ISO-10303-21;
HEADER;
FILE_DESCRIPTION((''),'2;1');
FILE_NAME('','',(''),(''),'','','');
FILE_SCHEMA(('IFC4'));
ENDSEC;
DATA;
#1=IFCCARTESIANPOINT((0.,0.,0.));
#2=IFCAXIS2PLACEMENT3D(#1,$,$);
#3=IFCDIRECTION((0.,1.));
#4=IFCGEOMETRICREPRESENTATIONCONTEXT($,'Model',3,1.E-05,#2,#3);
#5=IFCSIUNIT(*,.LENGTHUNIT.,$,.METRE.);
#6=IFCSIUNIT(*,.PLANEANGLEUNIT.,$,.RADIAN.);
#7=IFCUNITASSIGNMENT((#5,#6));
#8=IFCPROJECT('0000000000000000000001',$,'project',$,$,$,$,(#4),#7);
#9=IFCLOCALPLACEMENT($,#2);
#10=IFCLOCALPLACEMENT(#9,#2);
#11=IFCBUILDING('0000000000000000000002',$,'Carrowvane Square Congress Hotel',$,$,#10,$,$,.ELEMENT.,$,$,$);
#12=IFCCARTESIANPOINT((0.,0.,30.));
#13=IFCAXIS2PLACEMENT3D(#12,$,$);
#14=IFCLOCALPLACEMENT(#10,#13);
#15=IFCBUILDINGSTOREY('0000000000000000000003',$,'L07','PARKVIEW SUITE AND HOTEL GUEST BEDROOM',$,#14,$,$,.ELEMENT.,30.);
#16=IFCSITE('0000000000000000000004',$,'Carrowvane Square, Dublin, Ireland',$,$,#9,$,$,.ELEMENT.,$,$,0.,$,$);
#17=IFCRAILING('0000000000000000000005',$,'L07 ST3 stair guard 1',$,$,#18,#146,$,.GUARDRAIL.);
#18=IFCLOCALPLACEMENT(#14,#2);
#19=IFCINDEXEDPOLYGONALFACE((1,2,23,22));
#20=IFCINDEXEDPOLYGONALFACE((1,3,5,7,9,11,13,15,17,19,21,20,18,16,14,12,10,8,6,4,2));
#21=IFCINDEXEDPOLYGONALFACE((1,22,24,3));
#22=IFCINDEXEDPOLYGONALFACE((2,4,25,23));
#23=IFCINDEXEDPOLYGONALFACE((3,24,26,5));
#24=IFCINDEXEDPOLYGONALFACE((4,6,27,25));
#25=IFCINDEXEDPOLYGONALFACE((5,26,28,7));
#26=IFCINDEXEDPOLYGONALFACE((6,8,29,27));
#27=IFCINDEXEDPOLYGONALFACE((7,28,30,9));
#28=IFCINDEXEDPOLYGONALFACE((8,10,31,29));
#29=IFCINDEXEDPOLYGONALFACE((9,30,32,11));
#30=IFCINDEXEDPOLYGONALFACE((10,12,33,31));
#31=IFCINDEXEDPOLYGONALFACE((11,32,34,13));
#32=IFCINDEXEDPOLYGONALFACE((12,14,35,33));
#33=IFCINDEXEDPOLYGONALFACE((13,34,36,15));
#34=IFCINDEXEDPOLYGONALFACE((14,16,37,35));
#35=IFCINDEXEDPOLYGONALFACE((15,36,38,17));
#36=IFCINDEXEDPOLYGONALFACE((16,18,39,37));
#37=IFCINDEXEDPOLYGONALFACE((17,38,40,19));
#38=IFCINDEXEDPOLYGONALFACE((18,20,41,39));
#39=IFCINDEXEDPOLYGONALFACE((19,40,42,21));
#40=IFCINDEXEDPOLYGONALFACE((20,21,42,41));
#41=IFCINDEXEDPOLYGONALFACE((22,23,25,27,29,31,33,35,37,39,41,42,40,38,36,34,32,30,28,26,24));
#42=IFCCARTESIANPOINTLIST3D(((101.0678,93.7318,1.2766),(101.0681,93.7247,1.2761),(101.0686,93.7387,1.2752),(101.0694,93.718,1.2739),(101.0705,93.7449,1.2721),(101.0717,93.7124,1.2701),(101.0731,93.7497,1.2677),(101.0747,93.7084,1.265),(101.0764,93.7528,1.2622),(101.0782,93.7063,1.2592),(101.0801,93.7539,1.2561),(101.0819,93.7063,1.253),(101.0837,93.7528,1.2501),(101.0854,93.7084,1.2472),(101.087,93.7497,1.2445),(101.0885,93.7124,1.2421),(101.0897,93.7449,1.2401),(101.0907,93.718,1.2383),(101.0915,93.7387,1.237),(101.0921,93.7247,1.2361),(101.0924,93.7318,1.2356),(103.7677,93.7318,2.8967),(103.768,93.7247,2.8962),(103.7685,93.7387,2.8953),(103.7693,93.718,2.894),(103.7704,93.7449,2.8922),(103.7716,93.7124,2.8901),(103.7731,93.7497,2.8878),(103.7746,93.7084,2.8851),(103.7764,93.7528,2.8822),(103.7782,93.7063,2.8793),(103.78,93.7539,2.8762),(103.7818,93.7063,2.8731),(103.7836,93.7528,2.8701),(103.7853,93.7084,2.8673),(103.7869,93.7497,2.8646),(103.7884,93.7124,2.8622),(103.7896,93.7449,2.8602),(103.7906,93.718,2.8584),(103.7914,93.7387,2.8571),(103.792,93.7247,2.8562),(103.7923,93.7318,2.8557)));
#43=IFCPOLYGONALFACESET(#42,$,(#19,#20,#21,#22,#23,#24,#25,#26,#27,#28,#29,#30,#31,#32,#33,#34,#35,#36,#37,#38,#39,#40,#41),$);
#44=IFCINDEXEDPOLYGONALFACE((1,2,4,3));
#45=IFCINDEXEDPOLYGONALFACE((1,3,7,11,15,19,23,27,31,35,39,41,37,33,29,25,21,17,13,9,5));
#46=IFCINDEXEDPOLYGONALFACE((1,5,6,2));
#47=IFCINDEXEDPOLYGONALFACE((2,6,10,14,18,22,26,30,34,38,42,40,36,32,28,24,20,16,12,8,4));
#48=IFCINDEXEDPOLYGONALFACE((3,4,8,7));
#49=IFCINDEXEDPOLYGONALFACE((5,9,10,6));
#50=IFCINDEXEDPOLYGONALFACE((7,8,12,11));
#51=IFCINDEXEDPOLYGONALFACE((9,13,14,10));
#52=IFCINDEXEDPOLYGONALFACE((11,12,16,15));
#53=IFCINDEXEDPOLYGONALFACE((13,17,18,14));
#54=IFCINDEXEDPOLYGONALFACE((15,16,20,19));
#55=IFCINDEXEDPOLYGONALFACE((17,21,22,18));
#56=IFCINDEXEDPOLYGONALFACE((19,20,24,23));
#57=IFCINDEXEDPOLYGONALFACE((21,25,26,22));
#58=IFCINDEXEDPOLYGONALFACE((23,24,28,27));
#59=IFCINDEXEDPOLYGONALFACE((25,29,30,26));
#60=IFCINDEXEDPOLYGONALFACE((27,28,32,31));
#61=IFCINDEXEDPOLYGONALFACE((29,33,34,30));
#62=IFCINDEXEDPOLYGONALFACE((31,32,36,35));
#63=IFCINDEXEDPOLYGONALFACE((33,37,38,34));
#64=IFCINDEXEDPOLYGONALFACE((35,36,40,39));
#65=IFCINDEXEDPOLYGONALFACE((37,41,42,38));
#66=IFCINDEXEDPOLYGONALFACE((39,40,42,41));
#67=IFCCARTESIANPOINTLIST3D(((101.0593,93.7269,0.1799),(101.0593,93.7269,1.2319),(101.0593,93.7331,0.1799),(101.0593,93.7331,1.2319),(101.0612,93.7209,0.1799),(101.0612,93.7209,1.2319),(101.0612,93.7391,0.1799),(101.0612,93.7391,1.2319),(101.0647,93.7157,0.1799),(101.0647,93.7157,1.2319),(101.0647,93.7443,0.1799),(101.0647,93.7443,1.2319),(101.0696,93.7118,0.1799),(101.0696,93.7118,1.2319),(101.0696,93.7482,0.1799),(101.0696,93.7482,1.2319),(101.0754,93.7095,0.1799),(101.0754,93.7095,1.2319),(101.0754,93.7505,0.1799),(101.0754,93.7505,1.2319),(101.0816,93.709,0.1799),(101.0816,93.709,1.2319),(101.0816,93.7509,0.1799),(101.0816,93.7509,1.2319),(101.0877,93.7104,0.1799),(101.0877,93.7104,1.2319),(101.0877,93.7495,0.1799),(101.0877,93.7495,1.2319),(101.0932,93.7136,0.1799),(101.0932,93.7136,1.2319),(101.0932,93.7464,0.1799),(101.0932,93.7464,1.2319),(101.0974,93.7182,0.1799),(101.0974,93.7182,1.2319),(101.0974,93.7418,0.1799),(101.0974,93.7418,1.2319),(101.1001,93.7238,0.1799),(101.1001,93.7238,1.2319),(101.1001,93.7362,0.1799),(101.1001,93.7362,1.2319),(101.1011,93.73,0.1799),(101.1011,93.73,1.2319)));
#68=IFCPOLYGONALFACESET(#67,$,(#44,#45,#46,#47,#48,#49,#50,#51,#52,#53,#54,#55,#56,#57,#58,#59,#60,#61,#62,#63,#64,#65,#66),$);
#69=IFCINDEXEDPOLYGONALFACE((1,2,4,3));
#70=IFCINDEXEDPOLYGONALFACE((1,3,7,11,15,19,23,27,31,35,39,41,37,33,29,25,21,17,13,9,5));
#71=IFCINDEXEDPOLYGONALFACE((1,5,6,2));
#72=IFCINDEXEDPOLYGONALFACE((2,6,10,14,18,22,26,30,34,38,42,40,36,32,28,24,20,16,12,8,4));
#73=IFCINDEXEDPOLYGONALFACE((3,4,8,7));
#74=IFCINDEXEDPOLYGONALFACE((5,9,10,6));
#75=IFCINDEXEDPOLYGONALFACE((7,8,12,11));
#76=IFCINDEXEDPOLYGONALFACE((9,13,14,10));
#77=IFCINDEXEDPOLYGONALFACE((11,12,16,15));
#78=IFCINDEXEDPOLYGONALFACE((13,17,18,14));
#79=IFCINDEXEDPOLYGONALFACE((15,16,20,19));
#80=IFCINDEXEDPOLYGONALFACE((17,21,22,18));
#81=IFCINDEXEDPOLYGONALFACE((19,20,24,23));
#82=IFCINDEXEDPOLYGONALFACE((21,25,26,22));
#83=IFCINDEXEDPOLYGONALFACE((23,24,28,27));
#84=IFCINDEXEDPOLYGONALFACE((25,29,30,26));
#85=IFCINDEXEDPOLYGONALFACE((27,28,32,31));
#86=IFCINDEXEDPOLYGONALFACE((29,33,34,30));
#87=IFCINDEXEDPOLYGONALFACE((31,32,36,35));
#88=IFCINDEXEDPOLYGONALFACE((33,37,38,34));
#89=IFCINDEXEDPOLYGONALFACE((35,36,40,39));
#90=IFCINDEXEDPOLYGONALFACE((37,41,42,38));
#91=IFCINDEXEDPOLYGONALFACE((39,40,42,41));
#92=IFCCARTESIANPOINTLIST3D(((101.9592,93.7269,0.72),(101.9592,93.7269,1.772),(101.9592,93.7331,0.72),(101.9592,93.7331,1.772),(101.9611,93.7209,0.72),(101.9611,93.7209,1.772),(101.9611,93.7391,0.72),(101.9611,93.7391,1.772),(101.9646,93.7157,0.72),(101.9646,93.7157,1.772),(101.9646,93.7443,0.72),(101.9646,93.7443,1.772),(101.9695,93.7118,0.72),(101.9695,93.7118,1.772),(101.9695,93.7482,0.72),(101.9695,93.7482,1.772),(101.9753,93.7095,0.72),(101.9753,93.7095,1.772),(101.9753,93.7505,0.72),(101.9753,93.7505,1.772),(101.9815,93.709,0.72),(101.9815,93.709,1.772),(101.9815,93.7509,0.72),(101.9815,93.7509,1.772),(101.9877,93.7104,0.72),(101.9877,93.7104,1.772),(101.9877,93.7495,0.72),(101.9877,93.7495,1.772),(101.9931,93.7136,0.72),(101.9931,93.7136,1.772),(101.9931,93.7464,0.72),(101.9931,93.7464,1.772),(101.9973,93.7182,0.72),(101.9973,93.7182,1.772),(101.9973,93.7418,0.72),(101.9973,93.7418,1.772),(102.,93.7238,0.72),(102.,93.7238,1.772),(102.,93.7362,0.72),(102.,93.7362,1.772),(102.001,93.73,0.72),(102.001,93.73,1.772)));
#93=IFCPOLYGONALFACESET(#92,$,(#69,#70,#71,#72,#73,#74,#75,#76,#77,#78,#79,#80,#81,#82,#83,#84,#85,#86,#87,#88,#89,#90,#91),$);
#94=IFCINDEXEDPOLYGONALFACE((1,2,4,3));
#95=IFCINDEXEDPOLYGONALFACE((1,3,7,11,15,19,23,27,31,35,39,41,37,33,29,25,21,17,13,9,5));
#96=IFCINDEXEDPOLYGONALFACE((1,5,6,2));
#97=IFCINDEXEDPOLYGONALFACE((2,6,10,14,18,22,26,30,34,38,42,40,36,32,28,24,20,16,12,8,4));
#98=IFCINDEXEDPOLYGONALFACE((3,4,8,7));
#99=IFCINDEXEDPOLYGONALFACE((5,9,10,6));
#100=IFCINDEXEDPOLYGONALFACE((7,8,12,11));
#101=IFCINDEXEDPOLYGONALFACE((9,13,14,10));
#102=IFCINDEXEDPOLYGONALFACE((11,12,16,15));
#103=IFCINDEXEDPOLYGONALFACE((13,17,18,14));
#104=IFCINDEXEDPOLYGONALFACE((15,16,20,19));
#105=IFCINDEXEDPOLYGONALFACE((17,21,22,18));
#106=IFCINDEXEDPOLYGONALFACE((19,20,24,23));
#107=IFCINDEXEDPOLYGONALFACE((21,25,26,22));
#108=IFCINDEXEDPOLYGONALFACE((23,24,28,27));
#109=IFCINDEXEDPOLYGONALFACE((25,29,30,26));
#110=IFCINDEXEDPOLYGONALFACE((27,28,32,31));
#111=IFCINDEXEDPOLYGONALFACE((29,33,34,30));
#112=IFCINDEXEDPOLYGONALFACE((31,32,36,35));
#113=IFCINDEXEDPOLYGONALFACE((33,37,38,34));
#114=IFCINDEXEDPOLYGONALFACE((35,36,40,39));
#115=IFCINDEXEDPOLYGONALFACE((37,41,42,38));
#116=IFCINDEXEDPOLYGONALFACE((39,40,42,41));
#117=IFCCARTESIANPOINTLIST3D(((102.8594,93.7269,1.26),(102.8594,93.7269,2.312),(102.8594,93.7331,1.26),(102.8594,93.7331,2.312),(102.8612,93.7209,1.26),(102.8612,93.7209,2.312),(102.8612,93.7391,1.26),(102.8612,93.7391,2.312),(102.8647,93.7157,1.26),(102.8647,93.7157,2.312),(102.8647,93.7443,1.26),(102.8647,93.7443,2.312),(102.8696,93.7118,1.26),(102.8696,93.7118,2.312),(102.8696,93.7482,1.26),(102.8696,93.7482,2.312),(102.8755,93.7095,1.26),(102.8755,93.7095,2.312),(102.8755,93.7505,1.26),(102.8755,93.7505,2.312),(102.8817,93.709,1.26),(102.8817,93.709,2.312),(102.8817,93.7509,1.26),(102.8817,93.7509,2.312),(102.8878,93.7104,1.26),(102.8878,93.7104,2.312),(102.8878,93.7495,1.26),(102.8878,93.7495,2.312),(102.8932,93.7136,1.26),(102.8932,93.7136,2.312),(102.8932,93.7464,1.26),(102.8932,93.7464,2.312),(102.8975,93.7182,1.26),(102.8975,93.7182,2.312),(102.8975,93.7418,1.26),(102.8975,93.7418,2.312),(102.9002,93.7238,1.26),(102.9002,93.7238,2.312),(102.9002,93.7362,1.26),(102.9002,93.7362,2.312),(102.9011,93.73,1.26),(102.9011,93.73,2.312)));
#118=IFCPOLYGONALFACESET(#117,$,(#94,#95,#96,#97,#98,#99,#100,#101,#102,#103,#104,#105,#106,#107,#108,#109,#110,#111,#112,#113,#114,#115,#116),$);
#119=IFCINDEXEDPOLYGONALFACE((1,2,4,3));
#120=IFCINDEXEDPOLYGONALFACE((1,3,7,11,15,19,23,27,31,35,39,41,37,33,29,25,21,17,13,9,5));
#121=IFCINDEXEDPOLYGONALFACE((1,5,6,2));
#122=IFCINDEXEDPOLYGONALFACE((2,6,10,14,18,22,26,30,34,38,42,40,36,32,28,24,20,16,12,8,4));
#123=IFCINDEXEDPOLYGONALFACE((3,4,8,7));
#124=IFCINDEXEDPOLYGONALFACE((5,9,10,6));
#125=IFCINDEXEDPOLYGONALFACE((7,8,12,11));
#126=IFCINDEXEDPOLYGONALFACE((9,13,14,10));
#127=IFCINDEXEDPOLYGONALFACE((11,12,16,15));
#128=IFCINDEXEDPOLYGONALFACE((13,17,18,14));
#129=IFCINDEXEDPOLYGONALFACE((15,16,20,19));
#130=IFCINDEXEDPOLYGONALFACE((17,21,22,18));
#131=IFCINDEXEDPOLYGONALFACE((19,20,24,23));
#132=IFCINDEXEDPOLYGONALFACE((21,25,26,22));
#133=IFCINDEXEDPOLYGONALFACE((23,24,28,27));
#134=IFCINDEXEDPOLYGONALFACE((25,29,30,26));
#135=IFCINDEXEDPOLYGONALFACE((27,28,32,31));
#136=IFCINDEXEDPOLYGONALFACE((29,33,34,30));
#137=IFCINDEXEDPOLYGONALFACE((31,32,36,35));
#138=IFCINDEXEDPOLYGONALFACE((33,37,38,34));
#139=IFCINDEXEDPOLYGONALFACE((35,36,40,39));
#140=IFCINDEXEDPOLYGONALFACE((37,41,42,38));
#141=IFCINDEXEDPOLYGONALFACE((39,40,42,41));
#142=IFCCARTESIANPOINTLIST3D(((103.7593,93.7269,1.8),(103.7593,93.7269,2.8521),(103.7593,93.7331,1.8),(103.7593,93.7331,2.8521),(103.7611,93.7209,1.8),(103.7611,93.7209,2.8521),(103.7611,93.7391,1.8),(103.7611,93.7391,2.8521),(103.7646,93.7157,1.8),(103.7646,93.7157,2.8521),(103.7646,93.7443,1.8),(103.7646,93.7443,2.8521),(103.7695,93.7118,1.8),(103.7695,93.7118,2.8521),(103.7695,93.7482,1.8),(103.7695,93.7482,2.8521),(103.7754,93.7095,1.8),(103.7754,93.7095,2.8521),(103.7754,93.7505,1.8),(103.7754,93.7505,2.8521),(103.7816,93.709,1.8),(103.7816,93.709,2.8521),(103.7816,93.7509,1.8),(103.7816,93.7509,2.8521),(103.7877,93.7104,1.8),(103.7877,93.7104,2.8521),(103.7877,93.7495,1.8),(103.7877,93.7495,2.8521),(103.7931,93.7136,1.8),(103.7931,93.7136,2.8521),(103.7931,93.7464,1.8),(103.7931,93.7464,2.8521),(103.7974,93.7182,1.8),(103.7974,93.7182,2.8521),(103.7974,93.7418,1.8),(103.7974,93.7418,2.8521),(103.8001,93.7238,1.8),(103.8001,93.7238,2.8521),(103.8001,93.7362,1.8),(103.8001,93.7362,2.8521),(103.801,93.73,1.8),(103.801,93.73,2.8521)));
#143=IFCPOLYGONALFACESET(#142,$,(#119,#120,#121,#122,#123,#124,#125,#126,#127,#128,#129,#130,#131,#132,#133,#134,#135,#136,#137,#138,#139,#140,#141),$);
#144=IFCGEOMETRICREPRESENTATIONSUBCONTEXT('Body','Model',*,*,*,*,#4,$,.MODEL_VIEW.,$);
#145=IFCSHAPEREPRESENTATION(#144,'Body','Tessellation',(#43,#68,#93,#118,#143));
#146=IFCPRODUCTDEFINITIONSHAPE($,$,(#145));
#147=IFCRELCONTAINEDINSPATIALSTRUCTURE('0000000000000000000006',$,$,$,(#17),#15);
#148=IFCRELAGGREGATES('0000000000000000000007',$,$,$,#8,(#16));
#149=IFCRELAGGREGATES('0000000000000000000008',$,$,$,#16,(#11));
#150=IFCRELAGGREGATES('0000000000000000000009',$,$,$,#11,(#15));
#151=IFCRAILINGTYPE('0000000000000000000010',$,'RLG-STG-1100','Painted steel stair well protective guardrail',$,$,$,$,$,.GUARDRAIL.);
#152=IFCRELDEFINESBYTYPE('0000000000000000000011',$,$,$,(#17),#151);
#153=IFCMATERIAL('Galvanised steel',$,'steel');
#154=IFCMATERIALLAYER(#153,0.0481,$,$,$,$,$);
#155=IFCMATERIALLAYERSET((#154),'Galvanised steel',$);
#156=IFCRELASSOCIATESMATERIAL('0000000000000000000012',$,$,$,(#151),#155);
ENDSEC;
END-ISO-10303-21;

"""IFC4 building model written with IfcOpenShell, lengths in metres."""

from ifc_helpers import new_model, si_unit, direction, frame, origin, origin_2d, place, context, subcontext, project, spatial, circle, extrude, material, layer, layer_set, type_object, element, save


model = new_model("IFC4")

# Units and contexts
model_context = context("Model", 3, precision=1e-05, world=origin(), true_north=direction((0.0, 1.0)))
body_context = subcontext(model_context, "Body", "Model", "MODEL_VIEW")
ifc_project = project(units=[si_unit("LENGTHUNIT", "METRE"), si_unit("PLANEANGLEUNIT", "RADIAN")], contexts=[model_context])

# Site, building, storey
site_placement = place(None, origin())
site = spatial("IfcSite", under=ifc_project, at=site_placement, Name="Carrowvane Square, Dublin, Ireland", CompositionType="ELEMENT", RefElevation=0.0)
building_placement = place(site_placement, origin())
building = spatial("IfcBuilding", under=site, at=building_placement, Name="Carrowvane Square Congress Hotel", CompositionType="ELEMENT")
storey_placement = place(building_placement, frame((0.0, 0.0, 30.0)))
storey = spatial("IfcBuildingStorey", under=building, at=storey_placement, Name="L07", Description="PARKVIEW SUITE AND HOTEL GUEST BEDROOM", CompositionType="ELEMENT", Elevation=30.0)

# Railing
ifc_material_1 = material(Name="Galvanised steel", Category="steel")
ifc_layer_1 = layer(ifc_material_1, 0.0481)
ifc_layer_set_1 = layer_set([ifc_layer_1], Name="Galvanised steel")
railing_type_1 = type_object("IfcRailingType", Name="RLG-STG-1100", Description="Painted steel stair well protective guardrail", PredefinedType="GUARDRAIL", material=ifc_layer_set_1)
railing_1_placement = place(storey_placement, frame((101.0801, 93.73, 0.1799)))
element("IfcRailing", 1, at=railing_1_placement, inside=storey, type_object=railing_type_1, Name="L07 ST3 stair guard 1", PredefinedType="GUARDRAIL", context=body_context, shape_type="SweptSolid", body=[
    extrude(circle(Radius=0.0239, at=origin_2d()), frame((0.0, 0.0, 1.0762), z_axis=(0.857472, 0.0, 0.51453), x_axis=(0.0, 1.0, 0.0)), (0.0, 0.0, 1.0), 3.1487),
    extrude(circle(Radius=0.021, at=origin_2d()), origin(), (0.0, 0.0, 1.0), 1.052),
    extrude(circle(Radius=0.021, at=origin_2d()), frame((0.8999, 0.0, 0.54)), (0.0, 0.0, 1.0), 1.052),
    extrude(circle(Radius=0.021, at=origin_2d()), frame((1.8, 0.0, 1.0801)), (0.0, 0.0, 1.0), 1.052),
    extrude(circle(Radius=0.021, at=origin_2d()), frame((2.7, 0.0, 1.6201)), (0.0, 0.0, 1.0), 1.052),
])

save(model, "model.ifc")
